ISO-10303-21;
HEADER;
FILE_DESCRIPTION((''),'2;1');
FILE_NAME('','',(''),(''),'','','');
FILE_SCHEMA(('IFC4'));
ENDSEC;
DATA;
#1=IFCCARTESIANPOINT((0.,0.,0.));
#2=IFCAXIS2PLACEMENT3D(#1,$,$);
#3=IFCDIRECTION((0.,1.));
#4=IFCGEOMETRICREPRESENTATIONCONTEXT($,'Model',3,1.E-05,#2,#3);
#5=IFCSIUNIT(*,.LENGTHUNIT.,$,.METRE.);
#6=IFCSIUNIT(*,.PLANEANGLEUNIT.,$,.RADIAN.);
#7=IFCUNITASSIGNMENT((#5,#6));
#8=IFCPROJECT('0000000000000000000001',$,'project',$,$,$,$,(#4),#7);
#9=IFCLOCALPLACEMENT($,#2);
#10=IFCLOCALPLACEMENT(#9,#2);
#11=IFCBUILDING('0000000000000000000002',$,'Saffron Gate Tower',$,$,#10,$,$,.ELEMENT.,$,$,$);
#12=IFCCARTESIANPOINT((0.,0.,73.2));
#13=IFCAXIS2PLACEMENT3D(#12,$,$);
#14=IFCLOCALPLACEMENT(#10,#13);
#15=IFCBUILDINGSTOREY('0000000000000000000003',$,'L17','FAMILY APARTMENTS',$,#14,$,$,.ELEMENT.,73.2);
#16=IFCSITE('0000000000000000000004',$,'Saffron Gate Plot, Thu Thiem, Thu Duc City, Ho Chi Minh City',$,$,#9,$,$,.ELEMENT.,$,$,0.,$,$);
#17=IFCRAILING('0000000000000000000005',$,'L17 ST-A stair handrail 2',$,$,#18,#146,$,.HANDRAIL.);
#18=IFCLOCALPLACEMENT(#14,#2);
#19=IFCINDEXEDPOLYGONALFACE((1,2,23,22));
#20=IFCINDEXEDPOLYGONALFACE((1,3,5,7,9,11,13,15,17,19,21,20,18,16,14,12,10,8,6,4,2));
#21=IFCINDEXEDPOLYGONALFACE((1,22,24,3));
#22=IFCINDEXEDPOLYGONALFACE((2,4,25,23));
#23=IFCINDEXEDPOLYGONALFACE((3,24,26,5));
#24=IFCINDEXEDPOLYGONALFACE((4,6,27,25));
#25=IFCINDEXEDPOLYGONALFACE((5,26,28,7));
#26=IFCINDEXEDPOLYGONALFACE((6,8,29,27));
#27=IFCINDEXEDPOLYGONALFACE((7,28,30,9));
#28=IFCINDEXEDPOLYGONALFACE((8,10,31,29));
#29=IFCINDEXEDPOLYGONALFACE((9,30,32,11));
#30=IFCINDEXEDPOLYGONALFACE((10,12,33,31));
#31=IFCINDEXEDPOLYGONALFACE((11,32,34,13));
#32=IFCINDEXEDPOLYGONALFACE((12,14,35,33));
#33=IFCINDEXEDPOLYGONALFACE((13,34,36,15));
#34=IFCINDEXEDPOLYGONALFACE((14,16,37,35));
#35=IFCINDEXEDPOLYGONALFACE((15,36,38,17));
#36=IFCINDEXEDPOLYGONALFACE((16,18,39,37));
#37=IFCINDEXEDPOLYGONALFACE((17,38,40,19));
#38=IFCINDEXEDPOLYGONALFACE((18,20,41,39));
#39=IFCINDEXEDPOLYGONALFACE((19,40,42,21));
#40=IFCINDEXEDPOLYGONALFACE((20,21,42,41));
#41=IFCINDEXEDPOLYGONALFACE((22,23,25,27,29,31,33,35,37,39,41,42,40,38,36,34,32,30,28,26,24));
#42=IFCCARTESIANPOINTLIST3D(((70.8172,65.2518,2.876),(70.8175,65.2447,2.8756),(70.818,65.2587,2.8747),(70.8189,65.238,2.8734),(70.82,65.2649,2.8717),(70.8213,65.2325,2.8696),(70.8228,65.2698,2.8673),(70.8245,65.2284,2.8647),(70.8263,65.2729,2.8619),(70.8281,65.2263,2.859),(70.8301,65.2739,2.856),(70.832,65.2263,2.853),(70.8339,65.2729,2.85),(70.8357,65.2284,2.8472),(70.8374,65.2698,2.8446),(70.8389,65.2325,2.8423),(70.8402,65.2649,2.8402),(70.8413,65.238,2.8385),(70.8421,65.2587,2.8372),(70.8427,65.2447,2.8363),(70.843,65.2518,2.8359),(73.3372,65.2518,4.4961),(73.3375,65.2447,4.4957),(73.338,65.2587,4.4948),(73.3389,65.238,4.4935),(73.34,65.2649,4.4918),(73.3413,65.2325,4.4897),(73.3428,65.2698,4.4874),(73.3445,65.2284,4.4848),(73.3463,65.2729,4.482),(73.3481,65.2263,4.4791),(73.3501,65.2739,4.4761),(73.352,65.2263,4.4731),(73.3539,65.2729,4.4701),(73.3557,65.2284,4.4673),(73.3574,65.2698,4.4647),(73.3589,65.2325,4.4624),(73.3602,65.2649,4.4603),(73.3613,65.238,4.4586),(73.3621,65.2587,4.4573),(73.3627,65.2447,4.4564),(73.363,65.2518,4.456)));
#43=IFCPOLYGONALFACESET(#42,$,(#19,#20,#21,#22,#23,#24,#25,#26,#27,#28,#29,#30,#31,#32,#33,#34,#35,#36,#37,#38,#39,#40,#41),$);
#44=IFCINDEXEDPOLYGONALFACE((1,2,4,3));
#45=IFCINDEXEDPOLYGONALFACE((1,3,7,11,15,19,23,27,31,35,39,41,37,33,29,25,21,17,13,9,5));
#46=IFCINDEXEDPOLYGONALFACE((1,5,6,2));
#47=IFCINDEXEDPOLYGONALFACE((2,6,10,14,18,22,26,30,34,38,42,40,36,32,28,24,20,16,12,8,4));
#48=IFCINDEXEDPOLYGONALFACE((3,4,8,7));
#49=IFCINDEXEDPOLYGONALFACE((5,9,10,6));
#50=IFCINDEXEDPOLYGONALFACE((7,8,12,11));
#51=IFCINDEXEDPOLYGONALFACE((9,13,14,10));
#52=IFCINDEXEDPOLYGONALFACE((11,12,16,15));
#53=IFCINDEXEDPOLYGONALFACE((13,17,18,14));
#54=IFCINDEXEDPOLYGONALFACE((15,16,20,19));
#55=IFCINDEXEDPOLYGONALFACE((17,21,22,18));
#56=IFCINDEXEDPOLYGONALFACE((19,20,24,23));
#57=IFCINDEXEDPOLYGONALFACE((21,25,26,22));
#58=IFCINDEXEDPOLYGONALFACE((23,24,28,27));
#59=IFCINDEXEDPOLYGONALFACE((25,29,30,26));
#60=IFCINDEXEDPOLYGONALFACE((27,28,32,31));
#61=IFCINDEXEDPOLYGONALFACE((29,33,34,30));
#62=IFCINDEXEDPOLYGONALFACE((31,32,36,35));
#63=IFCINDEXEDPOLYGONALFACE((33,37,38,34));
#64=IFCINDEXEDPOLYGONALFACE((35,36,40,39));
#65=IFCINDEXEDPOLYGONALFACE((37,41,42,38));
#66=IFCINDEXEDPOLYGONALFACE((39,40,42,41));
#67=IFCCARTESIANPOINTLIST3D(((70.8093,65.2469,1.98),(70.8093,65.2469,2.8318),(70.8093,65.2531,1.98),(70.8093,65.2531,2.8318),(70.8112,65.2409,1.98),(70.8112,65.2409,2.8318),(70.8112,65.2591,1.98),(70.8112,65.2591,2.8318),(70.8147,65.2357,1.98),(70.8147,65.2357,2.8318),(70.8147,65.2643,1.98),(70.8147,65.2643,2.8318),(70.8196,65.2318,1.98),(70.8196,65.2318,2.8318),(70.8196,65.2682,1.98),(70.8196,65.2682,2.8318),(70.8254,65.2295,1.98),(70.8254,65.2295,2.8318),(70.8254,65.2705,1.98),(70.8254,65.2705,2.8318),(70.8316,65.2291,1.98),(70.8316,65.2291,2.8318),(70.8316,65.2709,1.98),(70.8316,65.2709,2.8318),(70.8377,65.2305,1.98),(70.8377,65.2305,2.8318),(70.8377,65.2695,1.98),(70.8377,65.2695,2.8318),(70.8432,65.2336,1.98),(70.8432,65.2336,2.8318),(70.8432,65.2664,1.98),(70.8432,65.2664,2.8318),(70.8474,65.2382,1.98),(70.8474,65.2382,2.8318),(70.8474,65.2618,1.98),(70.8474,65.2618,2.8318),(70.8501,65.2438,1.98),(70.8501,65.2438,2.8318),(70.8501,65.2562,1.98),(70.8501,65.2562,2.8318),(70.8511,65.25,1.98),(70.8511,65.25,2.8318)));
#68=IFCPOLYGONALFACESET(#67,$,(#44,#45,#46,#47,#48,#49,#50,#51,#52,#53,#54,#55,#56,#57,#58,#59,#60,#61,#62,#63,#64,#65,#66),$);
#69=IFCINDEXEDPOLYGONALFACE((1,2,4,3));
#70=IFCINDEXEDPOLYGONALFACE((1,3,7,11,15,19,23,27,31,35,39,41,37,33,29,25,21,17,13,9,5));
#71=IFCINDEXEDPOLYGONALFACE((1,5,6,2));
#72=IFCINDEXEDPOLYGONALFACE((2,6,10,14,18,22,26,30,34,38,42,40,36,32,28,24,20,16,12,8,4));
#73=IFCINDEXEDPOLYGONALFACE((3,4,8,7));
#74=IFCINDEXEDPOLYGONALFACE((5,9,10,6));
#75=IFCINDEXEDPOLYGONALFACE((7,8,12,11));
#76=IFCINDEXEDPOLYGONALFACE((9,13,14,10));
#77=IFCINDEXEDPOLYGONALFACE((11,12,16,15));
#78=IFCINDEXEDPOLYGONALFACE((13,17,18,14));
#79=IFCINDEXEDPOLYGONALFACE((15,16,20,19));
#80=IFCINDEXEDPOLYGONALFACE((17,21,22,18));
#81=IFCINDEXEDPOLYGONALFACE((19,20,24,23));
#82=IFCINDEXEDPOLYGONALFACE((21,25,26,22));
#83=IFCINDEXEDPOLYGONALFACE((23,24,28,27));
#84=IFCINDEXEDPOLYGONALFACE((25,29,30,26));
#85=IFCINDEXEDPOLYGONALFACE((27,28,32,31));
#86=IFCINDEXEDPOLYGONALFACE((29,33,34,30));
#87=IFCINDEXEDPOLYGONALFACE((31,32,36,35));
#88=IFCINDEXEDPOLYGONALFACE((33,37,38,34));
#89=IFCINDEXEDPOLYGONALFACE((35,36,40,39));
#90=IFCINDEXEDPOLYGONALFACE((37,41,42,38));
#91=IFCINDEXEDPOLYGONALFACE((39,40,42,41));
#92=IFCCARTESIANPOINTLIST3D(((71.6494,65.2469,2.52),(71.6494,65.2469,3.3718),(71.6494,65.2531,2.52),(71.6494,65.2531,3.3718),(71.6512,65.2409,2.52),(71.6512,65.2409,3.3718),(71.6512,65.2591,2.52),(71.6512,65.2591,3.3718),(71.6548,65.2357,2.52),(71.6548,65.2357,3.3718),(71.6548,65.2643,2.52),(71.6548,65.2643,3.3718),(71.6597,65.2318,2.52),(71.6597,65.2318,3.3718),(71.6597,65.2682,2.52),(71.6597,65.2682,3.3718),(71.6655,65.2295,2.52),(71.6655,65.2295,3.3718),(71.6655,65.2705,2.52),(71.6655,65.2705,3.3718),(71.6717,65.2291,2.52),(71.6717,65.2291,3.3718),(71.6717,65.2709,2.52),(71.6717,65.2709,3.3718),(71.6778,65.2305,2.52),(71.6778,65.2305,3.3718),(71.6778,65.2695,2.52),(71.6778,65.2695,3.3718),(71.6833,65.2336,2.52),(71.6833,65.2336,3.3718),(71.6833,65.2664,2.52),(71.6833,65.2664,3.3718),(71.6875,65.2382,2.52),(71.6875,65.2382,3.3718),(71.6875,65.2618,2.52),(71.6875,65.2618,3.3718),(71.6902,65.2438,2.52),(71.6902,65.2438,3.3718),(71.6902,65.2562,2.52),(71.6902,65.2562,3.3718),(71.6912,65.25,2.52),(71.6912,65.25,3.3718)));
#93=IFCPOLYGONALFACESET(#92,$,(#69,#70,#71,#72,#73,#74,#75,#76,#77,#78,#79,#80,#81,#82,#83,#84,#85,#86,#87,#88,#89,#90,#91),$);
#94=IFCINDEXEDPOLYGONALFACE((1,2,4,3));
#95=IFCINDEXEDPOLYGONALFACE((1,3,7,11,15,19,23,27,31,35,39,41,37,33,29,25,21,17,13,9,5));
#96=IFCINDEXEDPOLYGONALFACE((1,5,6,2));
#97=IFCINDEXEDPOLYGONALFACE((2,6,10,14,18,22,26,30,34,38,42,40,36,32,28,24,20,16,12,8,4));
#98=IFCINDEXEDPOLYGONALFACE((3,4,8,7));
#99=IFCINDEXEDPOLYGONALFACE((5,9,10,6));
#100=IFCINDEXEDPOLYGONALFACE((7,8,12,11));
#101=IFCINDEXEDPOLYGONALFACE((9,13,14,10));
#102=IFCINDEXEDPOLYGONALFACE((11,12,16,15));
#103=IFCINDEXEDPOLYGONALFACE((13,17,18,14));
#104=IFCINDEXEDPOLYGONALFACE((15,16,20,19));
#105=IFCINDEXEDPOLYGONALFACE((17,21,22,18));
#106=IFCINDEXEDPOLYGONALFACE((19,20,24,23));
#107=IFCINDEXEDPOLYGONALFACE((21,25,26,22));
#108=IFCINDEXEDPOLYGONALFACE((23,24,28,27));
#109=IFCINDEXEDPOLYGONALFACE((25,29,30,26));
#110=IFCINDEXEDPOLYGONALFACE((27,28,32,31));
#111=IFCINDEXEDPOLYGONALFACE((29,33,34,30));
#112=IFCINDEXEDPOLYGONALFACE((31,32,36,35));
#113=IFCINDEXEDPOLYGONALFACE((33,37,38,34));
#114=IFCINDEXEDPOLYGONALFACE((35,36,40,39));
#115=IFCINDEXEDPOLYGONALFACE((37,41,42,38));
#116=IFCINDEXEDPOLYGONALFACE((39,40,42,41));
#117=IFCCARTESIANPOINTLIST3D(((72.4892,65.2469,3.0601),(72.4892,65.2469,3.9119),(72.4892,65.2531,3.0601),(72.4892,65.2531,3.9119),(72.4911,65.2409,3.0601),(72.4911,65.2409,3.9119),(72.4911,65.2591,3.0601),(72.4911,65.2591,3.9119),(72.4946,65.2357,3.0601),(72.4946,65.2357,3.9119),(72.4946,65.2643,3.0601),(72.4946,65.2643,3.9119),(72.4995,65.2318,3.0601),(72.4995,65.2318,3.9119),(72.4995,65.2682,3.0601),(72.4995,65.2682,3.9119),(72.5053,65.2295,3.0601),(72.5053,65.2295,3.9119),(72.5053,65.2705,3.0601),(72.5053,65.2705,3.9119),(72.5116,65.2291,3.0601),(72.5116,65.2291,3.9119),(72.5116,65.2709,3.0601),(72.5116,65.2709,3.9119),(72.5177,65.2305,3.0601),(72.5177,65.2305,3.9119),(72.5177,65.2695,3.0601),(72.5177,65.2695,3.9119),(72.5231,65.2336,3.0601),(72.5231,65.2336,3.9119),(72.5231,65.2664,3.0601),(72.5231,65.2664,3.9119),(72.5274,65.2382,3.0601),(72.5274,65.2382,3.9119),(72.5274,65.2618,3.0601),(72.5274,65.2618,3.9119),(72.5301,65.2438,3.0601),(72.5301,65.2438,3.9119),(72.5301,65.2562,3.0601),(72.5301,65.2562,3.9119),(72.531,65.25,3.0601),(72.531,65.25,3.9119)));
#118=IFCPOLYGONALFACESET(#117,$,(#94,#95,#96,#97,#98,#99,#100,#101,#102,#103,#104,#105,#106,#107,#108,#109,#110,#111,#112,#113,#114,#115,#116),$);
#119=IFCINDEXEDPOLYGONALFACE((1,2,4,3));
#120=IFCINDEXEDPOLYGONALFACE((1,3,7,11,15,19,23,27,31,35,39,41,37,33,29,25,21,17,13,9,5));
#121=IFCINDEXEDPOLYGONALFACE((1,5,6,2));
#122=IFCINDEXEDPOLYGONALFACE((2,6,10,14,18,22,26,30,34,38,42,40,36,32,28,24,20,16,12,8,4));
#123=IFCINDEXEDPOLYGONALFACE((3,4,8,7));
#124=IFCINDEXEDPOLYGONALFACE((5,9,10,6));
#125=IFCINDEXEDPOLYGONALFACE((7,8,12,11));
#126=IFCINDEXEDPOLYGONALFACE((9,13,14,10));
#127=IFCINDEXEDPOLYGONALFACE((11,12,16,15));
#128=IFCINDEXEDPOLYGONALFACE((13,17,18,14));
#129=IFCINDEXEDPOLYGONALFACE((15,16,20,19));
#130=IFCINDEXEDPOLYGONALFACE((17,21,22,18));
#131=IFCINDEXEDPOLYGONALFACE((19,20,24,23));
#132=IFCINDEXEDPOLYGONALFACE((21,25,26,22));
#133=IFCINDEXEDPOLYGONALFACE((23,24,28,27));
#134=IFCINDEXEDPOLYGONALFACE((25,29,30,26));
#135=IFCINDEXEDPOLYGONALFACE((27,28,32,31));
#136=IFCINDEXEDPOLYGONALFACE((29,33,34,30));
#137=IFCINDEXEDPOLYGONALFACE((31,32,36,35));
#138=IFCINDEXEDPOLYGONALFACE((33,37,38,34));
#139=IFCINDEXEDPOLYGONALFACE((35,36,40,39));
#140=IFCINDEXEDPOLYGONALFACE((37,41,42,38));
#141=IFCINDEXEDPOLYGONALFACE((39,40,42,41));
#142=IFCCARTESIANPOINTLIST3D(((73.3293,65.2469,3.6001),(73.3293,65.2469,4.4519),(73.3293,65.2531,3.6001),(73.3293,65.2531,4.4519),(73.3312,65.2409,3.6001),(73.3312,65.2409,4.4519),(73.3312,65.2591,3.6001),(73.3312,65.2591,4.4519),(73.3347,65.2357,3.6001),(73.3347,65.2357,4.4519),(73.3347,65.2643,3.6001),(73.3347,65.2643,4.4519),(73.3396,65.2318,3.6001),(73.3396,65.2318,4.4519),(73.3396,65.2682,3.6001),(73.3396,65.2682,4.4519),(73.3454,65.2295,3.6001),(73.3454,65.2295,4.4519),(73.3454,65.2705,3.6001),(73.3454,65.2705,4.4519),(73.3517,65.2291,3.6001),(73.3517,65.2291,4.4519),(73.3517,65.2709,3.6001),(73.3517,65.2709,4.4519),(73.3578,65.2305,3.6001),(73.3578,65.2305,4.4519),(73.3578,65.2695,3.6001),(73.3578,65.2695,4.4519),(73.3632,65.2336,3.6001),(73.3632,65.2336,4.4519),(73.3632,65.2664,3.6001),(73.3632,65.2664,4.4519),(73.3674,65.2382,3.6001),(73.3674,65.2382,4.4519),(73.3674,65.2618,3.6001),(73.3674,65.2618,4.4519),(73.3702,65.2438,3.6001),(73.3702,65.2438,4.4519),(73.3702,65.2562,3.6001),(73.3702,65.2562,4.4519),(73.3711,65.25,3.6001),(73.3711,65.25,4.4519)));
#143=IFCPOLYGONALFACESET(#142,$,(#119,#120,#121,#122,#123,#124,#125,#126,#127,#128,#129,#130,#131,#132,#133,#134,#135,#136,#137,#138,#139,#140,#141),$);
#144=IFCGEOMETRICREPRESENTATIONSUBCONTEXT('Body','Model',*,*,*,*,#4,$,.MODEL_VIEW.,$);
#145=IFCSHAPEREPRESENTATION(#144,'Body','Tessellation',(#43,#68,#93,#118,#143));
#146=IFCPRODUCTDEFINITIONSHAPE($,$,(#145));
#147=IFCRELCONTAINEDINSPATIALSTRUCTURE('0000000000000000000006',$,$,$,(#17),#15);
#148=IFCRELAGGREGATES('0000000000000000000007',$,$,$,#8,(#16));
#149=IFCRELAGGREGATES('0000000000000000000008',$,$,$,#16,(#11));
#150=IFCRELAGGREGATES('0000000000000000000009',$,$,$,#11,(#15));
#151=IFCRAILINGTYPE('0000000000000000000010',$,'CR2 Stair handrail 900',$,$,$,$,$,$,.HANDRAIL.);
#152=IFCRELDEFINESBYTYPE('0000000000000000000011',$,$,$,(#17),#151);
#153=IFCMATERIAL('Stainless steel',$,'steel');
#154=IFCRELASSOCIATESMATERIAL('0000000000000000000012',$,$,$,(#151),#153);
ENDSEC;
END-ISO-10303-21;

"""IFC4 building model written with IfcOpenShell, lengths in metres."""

from ifc_helpers import new_model, si_unit, direction, frame, origin, origin_2d, place, context, subcontext, project, spatial, circle, extrude, material, type_object, element, save


model = new_model("IFC4")

# Units and contexts
model_context = context("Model", 3, precision=1e-05, world=origin(), true_north=direction((0.0, 1.0)))
body_context = subcontext(model_context, "Body", "Model", "MODEL_VIEW")
ifc_project = project(units=[si_unit("LENGTHUNIT", "METRE"), si_unit("PLANEANGLEUNIT", "RADIAN")], contexts=[model_context])

# Site, building, storey
site_placement = place(None, origin())
site = spatial("IfcSite", under=ifc_project, at=site_placement, Name="Saffron Gate Plot, Thu Thiem, Thu Duc City, Ho Chi Minh City", CompositionType="ELEMENT", RefElevation=0.0)
building_placement = place(site_placement, origin())
building = spatial("IfcBuilding", under=site, at=building_placement, Name="Saffron Gate Tower", CompositionType="ELEMENT")
storey_placement = place(building_placement, frame((0.0, 0.0, 73.2)))
storey = spatial("IfcBuildingStorey", under=building, at=storey_placement, Name="L17", Description="FAMILY APARTMENTS", CompositionType="ELEMENT", Elevation=73.2)

# Railing
ifc_material_1 = material(Name="Stainless steel", Category="steel")
railing_type = type_object("IfcRailingType", Name="CR2 Stair handrail 900", PredefinedType="HANDRAIL", material=ifc_material_1)
railing_placement = place(storey_placement, frame((70.8301, 65.25, 1.98)))
element("IfcRailing", 1, at=railing_placement, inside=storey, type_object=railing_type, Name="L17 ST-A stair handrail 2", PredefinedType="HANDRAIL", context=body_context, shape_type="SweptSolid", body=[
    extrude(circle(Radius=0.0239, at=origin_2d()), frame((0.0, 0.0, 0.876), z_axis=(0.841163, 0.0, 0.540782), x_axis=(0.0, 1.0, 0.0)), (0.0, 0.0, 1.0), 2.9958),
    extrude(circle(Radius=0.021, at=origin_2d()), origin(), (0.0, 0.0, 1.0), 0.8518),
    extrude(circle(Radius=0.021, at=origin_2d()), frame((0.8401, 0.0, 0.54)), (0.0, 0.0, 1.0), 0.8518),
    extrude(circle(Radius=0.021, at=origin_2d()), frame((1.6799, 0.0, 1.0801)), (0.0, 0.0, 1.0), 0.8518),
    extrude(circle(Radius=0.021, at=origin_2d()), frame((2.52, 0.0, 1.6201)), (0.0, 0.0, 1.0), 0.8518),
])

save(model, "model.ifc")
